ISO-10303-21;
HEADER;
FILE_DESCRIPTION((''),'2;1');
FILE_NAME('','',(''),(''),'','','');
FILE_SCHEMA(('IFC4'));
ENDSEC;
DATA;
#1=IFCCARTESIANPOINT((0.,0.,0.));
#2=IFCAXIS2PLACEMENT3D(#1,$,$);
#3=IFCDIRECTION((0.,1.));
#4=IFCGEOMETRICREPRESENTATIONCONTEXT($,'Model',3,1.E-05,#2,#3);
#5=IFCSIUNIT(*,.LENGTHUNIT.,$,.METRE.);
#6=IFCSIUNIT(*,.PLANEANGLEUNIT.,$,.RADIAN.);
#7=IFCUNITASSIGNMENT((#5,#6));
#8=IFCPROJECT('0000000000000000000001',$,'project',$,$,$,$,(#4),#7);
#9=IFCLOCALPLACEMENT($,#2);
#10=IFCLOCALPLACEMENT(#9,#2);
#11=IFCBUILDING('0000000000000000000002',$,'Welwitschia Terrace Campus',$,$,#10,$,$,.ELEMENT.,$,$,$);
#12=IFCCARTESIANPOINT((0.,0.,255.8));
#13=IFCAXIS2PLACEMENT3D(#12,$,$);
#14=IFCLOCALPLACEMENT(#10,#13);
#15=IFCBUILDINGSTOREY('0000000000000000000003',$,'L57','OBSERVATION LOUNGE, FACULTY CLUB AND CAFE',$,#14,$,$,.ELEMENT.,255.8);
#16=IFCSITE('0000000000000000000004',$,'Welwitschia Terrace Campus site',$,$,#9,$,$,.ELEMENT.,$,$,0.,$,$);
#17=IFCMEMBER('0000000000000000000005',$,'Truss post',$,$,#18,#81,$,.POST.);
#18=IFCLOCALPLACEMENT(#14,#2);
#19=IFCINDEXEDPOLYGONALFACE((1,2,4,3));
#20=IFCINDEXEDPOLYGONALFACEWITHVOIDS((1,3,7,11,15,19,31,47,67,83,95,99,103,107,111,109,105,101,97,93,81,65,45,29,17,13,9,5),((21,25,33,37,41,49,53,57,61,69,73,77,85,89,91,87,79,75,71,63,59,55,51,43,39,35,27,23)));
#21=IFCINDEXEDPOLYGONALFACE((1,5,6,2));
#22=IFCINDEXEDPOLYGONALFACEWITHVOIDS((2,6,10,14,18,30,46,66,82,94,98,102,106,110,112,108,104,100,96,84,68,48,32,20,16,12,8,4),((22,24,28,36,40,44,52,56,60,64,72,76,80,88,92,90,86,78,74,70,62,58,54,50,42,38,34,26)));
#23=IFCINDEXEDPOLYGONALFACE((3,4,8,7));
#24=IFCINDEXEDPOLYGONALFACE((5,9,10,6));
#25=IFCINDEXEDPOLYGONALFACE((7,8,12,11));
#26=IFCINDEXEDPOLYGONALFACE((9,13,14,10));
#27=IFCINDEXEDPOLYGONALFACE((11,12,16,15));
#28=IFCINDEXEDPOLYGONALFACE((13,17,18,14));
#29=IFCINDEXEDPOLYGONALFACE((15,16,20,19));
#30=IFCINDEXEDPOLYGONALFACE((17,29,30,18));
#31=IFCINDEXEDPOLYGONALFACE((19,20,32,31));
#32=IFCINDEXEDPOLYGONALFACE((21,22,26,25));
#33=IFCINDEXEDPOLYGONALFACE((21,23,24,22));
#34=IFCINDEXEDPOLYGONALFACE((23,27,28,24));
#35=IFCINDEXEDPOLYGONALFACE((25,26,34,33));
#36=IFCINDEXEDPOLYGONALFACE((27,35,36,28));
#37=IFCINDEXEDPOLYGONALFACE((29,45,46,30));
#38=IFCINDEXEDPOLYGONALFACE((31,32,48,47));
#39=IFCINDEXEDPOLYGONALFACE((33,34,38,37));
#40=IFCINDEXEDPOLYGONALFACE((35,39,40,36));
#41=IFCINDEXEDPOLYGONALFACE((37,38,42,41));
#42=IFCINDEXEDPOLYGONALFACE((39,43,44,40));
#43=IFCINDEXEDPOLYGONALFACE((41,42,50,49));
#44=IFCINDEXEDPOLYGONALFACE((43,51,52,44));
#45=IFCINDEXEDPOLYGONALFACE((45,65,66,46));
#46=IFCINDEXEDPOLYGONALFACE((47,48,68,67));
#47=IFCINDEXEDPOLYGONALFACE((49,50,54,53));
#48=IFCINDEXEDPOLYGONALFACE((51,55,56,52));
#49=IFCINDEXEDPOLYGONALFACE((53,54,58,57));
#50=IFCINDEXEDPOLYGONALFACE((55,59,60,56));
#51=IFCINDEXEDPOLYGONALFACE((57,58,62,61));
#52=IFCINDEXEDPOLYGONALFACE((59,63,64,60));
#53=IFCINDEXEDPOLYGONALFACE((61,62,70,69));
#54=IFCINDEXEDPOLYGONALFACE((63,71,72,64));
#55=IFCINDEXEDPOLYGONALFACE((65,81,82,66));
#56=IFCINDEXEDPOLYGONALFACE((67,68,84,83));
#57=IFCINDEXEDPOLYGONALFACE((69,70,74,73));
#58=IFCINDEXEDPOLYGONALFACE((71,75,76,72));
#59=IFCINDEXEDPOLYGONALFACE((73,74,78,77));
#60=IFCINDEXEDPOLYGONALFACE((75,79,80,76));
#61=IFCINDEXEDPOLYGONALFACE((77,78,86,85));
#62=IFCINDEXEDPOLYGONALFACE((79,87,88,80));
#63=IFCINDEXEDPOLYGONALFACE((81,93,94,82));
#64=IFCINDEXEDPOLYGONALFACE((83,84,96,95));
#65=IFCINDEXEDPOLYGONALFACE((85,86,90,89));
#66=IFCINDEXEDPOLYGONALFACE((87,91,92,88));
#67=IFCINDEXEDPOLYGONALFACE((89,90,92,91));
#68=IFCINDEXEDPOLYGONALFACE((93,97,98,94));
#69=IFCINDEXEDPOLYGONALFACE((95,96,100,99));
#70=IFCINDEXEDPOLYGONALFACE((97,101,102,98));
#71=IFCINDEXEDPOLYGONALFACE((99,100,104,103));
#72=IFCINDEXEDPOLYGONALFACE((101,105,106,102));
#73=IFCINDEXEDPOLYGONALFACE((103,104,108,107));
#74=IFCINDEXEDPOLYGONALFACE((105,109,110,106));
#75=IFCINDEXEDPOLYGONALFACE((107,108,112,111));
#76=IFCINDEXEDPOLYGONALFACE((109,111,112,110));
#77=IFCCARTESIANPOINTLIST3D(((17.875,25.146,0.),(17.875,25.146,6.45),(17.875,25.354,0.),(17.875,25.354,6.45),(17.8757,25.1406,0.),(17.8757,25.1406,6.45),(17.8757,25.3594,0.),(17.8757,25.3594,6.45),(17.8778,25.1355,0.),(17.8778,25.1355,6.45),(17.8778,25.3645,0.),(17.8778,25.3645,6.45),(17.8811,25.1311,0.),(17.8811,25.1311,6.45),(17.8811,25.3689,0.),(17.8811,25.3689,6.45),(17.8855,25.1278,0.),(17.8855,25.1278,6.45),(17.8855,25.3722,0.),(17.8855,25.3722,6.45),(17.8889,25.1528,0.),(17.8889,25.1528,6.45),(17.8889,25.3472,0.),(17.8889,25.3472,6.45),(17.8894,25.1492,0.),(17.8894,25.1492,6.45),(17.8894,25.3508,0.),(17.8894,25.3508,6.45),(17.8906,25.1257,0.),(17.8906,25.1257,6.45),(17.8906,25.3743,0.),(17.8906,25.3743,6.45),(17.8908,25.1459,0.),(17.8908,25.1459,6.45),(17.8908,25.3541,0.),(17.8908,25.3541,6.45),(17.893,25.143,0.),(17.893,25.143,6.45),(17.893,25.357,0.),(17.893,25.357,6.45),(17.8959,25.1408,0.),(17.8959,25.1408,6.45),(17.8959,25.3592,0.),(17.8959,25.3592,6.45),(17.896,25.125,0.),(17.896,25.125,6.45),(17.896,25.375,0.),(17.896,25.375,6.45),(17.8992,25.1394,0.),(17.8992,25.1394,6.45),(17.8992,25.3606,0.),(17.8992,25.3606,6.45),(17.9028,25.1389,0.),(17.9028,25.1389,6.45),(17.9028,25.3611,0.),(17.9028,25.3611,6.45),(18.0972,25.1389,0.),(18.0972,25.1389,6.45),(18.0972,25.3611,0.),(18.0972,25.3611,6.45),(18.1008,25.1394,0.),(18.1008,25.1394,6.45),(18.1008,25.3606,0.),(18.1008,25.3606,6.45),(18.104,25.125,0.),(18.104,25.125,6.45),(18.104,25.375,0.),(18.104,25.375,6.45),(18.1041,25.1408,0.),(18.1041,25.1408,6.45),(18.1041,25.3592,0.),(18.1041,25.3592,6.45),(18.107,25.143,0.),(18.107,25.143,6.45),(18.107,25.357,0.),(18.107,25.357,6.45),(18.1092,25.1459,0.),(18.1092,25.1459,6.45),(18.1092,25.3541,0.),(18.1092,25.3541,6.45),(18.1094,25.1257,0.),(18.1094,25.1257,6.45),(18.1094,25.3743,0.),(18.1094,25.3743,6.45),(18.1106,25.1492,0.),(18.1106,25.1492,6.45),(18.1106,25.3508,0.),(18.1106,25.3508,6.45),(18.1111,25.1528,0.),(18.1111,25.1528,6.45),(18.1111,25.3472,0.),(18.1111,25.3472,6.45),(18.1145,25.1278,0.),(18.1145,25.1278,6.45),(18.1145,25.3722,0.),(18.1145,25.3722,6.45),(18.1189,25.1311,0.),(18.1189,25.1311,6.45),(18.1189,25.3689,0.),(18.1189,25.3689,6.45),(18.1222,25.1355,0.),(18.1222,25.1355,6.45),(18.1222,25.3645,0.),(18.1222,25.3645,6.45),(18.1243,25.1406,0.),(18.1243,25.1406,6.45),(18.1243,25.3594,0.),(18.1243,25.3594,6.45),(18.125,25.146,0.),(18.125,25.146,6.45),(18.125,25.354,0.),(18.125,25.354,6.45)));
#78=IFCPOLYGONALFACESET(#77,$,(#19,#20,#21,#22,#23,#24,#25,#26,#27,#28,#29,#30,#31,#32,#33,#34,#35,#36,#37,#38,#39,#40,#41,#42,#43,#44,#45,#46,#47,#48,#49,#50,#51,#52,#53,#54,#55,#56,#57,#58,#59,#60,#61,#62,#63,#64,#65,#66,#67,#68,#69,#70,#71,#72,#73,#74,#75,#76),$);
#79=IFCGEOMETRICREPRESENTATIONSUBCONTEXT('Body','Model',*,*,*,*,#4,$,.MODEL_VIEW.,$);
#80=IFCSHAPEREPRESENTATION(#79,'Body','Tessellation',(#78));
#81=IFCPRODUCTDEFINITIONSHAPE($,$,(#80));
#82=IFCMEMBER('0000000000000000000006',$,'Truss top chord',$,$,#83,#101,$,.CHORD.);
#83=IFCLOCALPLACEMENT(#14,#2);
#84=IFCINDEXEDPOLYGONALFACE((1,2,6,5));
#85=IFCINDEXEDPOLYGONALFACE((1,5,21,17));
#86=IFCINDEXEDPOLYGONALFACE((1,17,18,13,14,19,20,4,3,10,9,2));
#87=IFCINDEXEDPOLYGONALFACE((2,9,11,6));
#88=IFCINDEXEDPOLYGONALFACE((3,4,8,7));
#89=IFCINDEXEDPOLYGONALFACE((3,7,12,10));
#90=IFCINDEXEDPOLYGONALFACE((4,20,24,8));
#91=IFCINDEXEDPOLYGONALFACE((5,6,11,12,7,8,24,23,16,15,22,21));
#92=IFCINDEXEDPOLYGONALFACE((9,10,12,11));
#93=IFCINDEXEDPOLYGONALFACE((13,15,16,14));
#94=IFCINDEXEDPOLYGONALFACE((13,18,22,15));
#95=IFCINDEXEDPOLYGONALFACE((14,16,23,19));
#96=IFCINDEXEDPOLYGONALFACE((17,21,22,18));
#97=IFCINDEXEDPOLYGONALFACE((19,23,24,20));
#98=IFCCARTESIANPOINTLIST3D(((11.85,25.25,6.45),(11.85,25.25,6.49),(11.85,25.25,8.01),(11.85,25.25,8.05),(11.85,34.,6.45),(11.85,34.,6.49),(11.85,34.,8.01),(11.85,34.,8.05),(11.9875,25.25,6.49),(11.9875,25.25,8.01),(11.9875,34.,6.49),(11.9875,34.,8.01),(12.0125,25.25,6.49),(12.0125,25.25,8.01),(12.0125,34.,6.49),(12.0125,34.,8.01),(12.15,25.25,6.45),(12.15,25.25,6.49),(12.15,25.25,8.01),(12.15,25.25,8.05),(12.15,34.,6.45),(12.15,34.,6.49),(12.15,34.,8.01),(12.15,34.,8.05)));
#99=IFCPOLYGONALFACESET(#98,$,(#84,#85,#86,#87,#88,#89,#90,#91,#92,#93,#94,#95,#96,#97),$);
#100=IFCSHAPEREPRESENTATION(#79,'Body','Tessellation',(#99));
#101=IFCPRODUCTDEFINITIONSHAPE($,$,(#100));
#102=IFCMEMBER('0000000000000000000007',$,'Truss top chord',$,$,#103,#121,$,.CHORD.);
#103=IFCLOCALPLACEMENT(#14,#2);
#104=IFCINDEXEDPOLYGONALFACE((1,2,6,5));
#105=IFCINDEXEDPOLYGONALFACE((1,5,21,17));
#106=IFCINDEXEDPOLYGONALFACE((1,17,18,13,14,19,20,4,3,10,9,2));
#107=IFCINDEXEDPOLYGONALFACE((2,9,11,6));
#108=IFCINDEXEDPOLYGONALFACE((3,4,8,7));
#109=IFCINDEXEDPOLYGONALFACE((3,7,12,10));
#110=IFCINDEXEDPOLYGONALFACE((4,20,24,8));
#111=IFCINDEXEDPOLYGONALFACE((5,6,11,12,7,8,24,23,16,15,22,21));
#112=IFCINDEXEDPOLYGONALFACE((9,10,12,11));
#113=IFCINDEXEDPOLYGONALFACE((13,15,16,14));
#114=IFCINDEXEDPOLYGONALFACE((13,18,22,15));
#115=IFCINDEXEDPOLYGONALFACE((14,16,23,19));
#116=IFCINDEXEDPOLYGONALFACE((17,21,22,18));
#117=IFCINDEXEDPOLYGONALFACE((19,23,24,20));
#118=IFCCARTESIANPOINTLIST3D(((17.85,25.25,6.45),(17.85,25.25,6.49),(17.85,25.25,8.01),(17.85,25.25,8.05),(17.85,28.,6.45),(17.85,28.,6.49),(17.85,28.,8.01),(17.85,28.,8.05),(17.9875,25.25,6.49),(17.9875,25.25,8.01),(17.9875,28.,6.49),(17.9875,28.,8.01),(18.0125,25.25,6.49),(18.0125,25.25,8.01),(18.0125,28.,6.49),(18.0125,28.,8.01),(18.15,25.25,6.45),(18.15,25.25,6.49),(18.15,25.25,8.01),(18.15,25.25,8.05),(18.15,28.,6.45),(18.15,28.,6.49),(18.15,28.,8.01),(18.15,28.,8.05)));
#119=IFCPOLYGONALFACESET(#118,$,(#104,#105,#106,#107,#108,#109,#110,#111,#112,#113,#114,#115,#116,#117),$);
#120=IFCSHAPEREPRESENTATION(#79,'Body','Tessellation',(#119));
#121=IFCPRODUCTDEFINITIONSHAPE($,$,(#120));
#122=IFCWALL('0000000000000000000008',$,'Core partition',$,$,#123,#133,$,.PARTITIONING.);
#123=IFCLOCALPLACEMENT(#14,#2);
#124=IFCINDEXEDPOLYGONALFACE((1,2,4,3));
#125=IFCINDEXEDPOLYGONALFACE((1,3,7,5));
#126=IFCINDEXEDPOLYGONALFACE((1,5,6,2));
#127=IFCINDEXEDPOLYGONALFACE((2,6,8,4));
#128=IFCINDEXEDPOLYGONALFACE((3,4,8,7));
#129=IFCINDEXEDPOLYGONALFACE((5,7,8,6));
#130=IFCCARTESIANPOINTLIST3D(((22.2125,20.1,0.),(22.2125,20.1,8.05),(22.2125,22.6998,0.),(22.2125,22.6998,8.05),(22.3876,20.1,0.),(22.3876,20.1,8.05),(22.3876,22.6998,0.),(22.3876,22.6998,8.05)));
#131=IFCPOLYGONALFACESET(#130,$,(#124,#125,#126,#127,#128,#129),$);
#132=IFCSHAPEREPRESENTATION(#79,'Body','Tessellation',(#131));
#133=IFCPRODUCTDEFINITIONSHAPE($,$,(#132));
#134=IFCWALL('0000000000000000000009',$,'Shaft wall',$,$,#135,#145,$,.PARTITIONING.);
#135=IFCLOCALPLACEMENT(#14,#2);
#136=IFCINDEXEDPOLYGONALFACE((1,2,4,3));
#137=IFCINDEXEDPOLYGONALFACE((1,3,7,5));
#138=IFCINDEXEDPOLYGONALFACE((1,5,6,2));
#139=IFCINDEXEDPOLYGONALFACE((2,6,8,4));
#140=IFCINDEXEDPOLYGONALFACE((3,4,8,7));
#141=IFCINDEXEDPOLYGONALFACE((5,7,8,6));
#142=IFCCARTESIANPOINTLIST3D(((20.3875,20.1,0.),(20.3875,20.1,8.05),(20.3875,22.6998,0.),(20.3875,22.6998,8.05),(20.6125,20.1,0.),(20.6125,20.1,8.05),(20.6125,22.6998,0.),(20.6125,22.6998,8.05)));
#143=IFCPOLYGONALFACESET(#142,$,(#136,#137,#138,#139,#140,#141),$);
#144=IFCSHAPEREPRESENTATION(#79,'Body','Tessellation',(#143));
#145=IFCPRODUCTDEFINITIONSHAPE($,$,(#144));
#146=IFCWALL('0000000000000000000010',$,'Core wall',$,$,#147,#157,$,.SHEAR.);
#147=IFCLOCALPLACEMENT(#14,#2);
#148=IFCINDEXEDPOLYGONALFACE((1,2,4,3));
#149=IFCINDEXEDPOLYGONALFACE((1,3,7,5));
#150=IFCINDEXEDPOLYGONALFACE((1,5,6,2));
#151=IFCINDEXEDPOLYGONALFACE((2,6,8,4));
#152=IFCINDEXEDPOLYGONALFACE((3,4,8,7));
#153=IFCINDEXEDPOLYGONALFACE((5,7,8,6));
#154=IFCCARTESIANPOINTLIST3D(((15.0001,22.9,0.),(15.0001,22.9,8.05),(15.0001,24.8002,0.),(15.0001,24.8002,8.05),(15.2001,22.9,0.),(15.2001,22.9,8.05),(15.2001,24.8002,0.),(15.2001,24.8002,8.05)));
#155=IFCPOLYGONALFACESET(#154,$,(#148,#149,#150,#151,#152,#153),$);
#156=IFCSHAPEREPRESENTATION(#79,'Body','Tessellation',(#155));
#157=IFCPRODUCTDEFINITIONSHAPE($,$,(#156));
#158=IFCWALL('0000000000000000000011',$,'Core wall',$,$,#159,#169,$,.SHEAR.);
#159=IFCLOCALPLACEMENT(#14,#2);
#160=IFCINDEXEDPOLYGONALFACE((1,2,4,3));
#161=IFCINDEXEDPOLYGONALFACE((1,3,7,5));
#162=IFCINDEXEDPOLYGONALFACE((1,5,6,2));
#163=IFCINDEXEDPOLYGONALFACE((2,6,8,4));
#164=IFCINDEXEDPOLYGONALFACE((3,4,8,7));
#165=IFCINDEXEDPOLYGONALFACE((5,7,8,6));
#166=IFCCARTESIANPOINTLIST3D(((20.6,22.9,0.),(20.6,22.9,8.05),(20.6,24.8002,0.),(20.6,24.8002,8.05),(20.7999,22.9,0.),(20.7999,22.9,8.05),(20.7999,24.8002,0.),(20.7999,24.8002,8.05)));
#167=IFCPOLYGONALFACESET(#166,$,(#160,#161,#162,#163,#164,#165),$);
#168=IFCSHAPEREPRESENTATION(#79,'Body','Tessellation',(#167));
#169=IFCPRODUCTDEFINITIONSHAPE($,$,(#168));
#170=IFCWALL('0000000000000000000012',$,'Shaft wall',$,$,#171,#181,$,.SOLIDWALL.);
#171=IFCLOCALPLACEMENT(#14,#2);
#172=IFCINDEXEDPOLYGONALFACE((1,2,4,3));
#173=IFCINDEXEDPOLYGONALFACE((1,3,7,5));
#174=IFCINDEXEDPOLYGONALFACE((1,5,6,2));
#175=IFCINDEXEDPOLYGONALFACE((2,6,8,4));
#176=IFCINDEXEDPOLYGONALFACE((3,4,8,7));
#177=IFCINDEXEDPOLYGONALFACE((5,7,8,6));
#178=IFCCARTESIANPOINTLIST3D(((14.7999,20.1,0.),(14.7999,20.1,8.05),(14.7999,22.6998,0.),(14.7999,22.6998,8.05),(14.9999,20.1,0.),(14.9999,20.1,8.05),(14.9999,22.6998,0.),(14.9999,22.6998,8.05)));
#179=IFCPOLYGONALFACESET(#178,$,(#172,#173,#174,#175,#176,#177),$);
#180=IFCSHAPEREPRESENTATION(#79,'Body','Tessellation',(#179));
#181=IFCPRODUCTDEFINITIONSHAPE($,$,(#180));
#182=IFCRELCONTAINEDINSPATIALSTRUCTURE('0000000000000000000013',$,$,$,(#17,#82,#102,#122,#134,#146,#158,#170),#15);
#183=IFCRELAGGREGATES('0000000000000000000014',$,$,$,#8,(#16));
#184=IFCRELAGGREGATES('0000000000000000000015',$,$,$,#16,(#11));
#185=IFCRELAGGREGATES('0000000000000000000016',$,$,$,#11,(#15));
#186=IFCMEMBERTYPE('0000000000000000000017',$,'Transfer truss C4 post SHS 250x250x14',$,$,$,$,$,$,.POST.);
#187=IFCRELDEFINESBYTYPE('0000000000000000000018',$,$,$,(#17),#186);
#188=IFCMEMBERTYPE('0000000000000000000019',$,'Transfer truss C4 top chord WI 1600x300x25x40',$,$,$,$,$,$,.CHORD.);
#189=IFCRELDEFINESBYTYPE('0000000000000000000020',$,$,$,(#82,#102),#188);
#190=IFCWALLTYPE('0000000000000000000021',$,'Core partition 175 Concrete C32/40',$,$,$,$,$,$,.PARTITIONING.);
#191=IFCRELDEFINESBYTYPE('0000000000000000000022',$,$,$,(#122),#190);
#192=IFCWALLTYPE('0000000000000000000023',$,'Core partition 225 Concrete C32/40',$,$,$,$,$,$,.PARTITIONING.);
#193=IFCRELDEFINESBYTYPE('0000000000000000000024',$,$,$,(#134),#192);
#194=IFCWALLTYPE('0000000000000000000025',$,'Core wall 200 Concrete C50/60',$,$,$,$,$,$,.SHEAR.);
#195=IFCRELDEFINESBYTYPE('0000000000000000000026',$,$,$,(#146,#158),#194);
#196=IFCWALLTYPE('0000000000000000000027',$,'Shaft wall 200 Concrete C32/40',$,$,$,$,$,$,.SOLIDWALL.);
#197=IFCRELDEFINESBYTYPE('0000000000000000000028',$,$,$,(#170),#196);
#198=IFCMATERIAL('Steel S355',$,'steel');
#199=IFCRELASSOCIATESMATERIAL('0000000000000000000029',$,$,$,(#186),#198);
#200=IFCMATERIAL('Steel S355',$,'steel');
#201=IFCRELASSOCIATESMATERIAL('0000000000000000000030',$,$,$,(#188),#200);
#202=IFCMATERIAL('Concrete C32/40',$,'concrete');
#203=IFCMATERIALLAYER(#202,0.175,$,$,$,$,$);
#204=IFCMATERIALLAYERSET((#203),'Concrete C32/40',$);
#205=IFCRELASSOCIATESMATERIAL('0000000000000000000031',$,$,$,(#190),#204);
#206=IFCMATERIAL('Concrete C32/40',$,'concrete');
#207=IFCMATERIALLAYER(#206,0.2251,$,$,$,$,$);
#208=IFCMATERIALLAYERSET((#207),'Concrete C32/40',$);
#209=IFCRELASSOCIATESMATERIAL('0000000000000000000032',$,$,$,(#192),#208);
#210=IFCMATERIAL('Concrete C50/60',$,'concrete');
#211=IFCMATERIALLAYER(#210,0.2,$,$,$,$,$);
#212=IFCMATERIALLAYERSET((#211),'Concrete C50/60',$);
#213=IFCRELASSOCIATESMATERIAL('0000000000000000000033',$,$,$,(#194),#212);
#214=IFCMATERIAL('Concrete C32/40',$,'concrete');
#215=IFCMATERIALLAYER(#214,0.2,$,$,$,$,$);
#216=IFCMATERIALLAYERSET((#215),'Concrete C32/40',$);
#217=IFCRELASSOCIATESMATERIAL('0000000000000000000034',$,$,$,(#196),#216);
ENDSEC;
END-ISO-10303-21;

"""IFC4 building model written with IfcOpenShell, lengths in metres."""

from ifc_helpers import new_model, si_unit, direction, frame, frame_2d, origin, origin_2d, place, context, subcontext, project, spatial, rectangle, hollow_rectangle, i_section, extrude, material, layer, layer_set, material_profile, profile_set, type_object, element, save


model = new_model("IFC4")

# Units and contexts
model_context = context("Model", 3, precision=1e-05, world=origin(), true_north=direction((0.0, 1.0)))
body_context = subcontext(model_context, "Body", "Model", "MODEL_VIEW")
ifc_project = project(units=[si_unit("LENGTHUNIT", "METRE"), si_unit("PLANEANGLEUNIT", "RADIAN")], contexts=[model_context])

# Site, building, storey
site_placement = place(None, origin())
site = spatial("IfcSite", under=ifc_project, at=site_placement, Name="Welwitschia Terrace Campus site", CompositionType="ELEMENT", RefElevation=0.0)
building_placement = place(site_placement, origin())
building = spatial("IfcBuilding", under=site, at=building_placement, Name="Welwitschia Terrace Campus", CompositionType="ELEMENT")
storey_placement = place(building_placement, frame((0.0, 0.0, 255.8)))
storey = spatial("IfcBuildingStorey", under=building, at=storey_placement, Name="L57", Description="OBSERVATION LOUNGE, FACULTY CLUB AND CAFE", CompositionType="ELEMENT", Elevation=255.8)

# Members
ifc_material_1 = material(Name="Steel S355", Category="steel")
ifc_material_profile_1 = material_profile(ifc_material_1, hollow_rectangle(XDim=0.25, YDim=0.25, WallThickness=0.0139, InnerFilletRadius=0.0139, OuterFilletRadius=0.021, at=origin_2d()))
ifc_profile_set_1 = profile_set([ifc_material_profile_1], Name="Steel S355")
member_type_1 = type_object("IfcMemberType", Name="Transfer truss C4 post SHS 250x250x14", PredefinedType="POST", material=ifc_profile_set_1)
for number, where, z_axis, x_axis, name in (
    (1, (18.0, 25.25, 0.0), (0.0, 0.0, 1.0), (1.0, 0.0, 0.0), "Truss post"),
):
    element("IfcMember", number, at=place(storey_placement, frame(where, z_axis=z_axis, x_axis=x_axis)), inside=storey, type_object=member_type_1, Name=name, PredefinedType="POST", context=body_context, shape_type="SweptSolid", body=[
        extrude(hollow_rectangle(XDim=0.25, YDim=0.25, WallThickness=0.0139, InnerFilletRadius=0.0139, OuterFilletRadius=0.021, at=origin_2d()), origin(), (0.0, 0.0, 1.0), 6.45),
    ])
ifc_material_2 = material(Name="Steel S355", Category="steel")
ifc_material_profile_2 = material_profile(ifc_material_2, i_section(OverallWidth=0.3, OverallDepth=1.6001, WebThickness=0.0249, FlangeThickness=0.04, at=origin_2d()))
ifc_profile_set_2 = profile_set([ifc_material_profile_2], Name="Steel S355")
member_type_2 = type_object("IfcMemberType", Name="Transfer truss C4 top chord WI 1600x300x25x40", PredefinedType="CHORD", material=ifc_profile_set_2)
member_1_placement = place(storey_placement, frame((12.0, 25.25, 7.25), z_axis=(0.0, 1.0, 0.0), x_axis=(-1.0, 0.0, 0.0)))
element("IfcMember", 2, at=member_1_placement, inside=storey, type_object=member_type_2, Name="Truss top chord", PredefinedType="CHORD", context=body_context, shape_type="SweptSolid", body=[
    extrude(i_section(OverallWidth=0.3, OverallDepth=1.6001, WebThickness=0.0249, FlangeThickness=0.04, at=origin_2d()), origin(), (0.0, 0.0, 1.0), 8.75),
])
member_2_placement = place(storey_placement, frame((18.0, 25.25, 7.25), z_axis=(0.0, 1.0, 0.0), x_axis=(-1.0, 0.0, 0.0)))
element("IfcMember", 3, at=member_2_placement, inside=storey, type_object=member_type_2, Name="Truss top chord", PredefinedType="CHORD", context=body_context, shape_type="SweptSolid", body=[
    extrude(i_section(OverallWidth=0.3, OverallDepth=1.6001, WebThickness=0.0249, FlangeThickness=0.04, at=origin_2d()), origin(), (0.0, 0.0, 1.0), 2.75),
])

# Walls
ifc_material_3 = material(Name="Concrete C32/40", Category="concrete")
ifc_layer_1 = layer(ifc_material_3, 0.175)
ifc_layer_set_1 = layer_set([ifc_layer_1], Name="Concrete C32/40")
wall_type_1 = type_object("IfcWallType", Name="Core partition 175 Concrete C32/40", PredefinedType="PARTITIONING", material=ifc_layer_set_1)
wall_1_placement = place(storey_placement, frame((22.3, 20.1001, 0.0), z_axis=(0.0, 0.0, 1.0), x_axis=(0.0, 1.0, 0.0)))
element("IfcWall", 4, at=wall_1_placement, inside=storey, type_object=wall_type_1, Name="Core partition", PredefinedType="PARTITIONING", context=body_context, shape_type="SweptSolid", body=[
    extrude(rectangle(XDim=2.5999, YDim=0.175, at=frame_2d((1.2998, 0.0))), origin(), (0.0, 0.0, 1.0), 8.05),
])
ifc_material_4 = material(Name="Concrete C32/40", Category="concrete")
ifc_layer_2 = layer(ifc_material_4, 0.2251)
ifc_layer_set_2 = layer_set([ifc_layer_2], Name="Concrete C32/40")
wall_type_2 = type_object("IfcWallType", Name="Core partition 225 Concrete C32/40", PredefinedType="PARTITIONING", material=ifc_layer_set_2)
wall_2_placement = place(storey_placement, frame((20.5, 20.1001, 0.0), z_axis=(0.0, 0.0, 1.0), x_axis=(0.0, 1.0, 0.0)))
element("IfcWall", 5, at=wall_2_placement, inside=storey, type_object=wall_type_2, Name="Shaft wall", PredefinedType="PARTITIONING", context=body_context, shape_type="SweptSolid", body=[
    extrude(rectangle(XDim=2.5999, YDim=0.2251, at=frame_2d((1.2998, 0.0))), origin(), (0.0, 0.0, 1.0), 8.05),
])
ifc_material_5 = material(Name="Concrete C50/60", Category="concrete")
ifc_layer_3 = layer(ifc_material_5, 0.2)
ifc_layer_set_3 = layer_set([ifc_layer_3], Name="Concrete C50/60")
wall_type_3 = type_object("IfcWallType", Name="Core wall 200 Concrete C50/60", PredefinedType="SHEAR", material=ifc_layer_set_3)
for number, where, z_axis, x_axis, name in (
    (6, (15.1001, 22.8999, 0.0), (0.0, 0.0, 1.0), (0.0, 1.0, 0.0), "Core wall"),
    (7, (20.7, 22.8999, 0.0), (0.0, 0.0, 1.0), (0.0, 1.0, 0.0), "Core wall"),
):
    element("IfcWall", number, at=place(storey_placement, frame(where, z_axis=z_axis, x_axis=x_axis)), inside=storey, type_object=wall_type_3, Name=name, PredefinedType="SHEAR", context=body_context, shape_type="SweptSolid", body=[
        extrude(rectangle(XDim=1.9001, YDim=0.2, at=frame_2d((0.9502, 0.0))), origin(), (0.0, 0.0, 1.0), 8.05),
    ])
ifc_material_6 = material(Name="Concrete C32/40", Category="concrete")
ifc_layer_4 = layer(ifc_material_6, 0.2)
ifc_layer_set_4 = layer_set([ifc_layer_4], Name="Concrete C32/40")
wall_type_4 = type_object("IfcWallType", Name="Shaft wall 200 Concrete C32/40", PredefinedType="SOLIDWALL", material=ifc_layer_set_4)
for number, where, z_axis, x_axis, name in (
    (8, (14.8999, 20.1001, 0.0), (0.0, 0.0, 1.0), (0.0, 1.0, 0.0), "Shaft wall"),
):
    element("IfcWall", number, at=place(storey_placement, frame(where, z_axis=z_axis, x_axis=x_axis)), inside=storey, type_object=wall_type_4, Name=name, PredefinedType="SOLIDWALL", context=body_context, shape_type="SweptSolid", body=[
        extrude(rectangle(XDim=2.5999, YDim=0.2, at=frame_2d((1.2998, 0.0))), origin(), (0.0, 0.0, 1.0), 8.05),
    ])

save(model, "model.ifc")
